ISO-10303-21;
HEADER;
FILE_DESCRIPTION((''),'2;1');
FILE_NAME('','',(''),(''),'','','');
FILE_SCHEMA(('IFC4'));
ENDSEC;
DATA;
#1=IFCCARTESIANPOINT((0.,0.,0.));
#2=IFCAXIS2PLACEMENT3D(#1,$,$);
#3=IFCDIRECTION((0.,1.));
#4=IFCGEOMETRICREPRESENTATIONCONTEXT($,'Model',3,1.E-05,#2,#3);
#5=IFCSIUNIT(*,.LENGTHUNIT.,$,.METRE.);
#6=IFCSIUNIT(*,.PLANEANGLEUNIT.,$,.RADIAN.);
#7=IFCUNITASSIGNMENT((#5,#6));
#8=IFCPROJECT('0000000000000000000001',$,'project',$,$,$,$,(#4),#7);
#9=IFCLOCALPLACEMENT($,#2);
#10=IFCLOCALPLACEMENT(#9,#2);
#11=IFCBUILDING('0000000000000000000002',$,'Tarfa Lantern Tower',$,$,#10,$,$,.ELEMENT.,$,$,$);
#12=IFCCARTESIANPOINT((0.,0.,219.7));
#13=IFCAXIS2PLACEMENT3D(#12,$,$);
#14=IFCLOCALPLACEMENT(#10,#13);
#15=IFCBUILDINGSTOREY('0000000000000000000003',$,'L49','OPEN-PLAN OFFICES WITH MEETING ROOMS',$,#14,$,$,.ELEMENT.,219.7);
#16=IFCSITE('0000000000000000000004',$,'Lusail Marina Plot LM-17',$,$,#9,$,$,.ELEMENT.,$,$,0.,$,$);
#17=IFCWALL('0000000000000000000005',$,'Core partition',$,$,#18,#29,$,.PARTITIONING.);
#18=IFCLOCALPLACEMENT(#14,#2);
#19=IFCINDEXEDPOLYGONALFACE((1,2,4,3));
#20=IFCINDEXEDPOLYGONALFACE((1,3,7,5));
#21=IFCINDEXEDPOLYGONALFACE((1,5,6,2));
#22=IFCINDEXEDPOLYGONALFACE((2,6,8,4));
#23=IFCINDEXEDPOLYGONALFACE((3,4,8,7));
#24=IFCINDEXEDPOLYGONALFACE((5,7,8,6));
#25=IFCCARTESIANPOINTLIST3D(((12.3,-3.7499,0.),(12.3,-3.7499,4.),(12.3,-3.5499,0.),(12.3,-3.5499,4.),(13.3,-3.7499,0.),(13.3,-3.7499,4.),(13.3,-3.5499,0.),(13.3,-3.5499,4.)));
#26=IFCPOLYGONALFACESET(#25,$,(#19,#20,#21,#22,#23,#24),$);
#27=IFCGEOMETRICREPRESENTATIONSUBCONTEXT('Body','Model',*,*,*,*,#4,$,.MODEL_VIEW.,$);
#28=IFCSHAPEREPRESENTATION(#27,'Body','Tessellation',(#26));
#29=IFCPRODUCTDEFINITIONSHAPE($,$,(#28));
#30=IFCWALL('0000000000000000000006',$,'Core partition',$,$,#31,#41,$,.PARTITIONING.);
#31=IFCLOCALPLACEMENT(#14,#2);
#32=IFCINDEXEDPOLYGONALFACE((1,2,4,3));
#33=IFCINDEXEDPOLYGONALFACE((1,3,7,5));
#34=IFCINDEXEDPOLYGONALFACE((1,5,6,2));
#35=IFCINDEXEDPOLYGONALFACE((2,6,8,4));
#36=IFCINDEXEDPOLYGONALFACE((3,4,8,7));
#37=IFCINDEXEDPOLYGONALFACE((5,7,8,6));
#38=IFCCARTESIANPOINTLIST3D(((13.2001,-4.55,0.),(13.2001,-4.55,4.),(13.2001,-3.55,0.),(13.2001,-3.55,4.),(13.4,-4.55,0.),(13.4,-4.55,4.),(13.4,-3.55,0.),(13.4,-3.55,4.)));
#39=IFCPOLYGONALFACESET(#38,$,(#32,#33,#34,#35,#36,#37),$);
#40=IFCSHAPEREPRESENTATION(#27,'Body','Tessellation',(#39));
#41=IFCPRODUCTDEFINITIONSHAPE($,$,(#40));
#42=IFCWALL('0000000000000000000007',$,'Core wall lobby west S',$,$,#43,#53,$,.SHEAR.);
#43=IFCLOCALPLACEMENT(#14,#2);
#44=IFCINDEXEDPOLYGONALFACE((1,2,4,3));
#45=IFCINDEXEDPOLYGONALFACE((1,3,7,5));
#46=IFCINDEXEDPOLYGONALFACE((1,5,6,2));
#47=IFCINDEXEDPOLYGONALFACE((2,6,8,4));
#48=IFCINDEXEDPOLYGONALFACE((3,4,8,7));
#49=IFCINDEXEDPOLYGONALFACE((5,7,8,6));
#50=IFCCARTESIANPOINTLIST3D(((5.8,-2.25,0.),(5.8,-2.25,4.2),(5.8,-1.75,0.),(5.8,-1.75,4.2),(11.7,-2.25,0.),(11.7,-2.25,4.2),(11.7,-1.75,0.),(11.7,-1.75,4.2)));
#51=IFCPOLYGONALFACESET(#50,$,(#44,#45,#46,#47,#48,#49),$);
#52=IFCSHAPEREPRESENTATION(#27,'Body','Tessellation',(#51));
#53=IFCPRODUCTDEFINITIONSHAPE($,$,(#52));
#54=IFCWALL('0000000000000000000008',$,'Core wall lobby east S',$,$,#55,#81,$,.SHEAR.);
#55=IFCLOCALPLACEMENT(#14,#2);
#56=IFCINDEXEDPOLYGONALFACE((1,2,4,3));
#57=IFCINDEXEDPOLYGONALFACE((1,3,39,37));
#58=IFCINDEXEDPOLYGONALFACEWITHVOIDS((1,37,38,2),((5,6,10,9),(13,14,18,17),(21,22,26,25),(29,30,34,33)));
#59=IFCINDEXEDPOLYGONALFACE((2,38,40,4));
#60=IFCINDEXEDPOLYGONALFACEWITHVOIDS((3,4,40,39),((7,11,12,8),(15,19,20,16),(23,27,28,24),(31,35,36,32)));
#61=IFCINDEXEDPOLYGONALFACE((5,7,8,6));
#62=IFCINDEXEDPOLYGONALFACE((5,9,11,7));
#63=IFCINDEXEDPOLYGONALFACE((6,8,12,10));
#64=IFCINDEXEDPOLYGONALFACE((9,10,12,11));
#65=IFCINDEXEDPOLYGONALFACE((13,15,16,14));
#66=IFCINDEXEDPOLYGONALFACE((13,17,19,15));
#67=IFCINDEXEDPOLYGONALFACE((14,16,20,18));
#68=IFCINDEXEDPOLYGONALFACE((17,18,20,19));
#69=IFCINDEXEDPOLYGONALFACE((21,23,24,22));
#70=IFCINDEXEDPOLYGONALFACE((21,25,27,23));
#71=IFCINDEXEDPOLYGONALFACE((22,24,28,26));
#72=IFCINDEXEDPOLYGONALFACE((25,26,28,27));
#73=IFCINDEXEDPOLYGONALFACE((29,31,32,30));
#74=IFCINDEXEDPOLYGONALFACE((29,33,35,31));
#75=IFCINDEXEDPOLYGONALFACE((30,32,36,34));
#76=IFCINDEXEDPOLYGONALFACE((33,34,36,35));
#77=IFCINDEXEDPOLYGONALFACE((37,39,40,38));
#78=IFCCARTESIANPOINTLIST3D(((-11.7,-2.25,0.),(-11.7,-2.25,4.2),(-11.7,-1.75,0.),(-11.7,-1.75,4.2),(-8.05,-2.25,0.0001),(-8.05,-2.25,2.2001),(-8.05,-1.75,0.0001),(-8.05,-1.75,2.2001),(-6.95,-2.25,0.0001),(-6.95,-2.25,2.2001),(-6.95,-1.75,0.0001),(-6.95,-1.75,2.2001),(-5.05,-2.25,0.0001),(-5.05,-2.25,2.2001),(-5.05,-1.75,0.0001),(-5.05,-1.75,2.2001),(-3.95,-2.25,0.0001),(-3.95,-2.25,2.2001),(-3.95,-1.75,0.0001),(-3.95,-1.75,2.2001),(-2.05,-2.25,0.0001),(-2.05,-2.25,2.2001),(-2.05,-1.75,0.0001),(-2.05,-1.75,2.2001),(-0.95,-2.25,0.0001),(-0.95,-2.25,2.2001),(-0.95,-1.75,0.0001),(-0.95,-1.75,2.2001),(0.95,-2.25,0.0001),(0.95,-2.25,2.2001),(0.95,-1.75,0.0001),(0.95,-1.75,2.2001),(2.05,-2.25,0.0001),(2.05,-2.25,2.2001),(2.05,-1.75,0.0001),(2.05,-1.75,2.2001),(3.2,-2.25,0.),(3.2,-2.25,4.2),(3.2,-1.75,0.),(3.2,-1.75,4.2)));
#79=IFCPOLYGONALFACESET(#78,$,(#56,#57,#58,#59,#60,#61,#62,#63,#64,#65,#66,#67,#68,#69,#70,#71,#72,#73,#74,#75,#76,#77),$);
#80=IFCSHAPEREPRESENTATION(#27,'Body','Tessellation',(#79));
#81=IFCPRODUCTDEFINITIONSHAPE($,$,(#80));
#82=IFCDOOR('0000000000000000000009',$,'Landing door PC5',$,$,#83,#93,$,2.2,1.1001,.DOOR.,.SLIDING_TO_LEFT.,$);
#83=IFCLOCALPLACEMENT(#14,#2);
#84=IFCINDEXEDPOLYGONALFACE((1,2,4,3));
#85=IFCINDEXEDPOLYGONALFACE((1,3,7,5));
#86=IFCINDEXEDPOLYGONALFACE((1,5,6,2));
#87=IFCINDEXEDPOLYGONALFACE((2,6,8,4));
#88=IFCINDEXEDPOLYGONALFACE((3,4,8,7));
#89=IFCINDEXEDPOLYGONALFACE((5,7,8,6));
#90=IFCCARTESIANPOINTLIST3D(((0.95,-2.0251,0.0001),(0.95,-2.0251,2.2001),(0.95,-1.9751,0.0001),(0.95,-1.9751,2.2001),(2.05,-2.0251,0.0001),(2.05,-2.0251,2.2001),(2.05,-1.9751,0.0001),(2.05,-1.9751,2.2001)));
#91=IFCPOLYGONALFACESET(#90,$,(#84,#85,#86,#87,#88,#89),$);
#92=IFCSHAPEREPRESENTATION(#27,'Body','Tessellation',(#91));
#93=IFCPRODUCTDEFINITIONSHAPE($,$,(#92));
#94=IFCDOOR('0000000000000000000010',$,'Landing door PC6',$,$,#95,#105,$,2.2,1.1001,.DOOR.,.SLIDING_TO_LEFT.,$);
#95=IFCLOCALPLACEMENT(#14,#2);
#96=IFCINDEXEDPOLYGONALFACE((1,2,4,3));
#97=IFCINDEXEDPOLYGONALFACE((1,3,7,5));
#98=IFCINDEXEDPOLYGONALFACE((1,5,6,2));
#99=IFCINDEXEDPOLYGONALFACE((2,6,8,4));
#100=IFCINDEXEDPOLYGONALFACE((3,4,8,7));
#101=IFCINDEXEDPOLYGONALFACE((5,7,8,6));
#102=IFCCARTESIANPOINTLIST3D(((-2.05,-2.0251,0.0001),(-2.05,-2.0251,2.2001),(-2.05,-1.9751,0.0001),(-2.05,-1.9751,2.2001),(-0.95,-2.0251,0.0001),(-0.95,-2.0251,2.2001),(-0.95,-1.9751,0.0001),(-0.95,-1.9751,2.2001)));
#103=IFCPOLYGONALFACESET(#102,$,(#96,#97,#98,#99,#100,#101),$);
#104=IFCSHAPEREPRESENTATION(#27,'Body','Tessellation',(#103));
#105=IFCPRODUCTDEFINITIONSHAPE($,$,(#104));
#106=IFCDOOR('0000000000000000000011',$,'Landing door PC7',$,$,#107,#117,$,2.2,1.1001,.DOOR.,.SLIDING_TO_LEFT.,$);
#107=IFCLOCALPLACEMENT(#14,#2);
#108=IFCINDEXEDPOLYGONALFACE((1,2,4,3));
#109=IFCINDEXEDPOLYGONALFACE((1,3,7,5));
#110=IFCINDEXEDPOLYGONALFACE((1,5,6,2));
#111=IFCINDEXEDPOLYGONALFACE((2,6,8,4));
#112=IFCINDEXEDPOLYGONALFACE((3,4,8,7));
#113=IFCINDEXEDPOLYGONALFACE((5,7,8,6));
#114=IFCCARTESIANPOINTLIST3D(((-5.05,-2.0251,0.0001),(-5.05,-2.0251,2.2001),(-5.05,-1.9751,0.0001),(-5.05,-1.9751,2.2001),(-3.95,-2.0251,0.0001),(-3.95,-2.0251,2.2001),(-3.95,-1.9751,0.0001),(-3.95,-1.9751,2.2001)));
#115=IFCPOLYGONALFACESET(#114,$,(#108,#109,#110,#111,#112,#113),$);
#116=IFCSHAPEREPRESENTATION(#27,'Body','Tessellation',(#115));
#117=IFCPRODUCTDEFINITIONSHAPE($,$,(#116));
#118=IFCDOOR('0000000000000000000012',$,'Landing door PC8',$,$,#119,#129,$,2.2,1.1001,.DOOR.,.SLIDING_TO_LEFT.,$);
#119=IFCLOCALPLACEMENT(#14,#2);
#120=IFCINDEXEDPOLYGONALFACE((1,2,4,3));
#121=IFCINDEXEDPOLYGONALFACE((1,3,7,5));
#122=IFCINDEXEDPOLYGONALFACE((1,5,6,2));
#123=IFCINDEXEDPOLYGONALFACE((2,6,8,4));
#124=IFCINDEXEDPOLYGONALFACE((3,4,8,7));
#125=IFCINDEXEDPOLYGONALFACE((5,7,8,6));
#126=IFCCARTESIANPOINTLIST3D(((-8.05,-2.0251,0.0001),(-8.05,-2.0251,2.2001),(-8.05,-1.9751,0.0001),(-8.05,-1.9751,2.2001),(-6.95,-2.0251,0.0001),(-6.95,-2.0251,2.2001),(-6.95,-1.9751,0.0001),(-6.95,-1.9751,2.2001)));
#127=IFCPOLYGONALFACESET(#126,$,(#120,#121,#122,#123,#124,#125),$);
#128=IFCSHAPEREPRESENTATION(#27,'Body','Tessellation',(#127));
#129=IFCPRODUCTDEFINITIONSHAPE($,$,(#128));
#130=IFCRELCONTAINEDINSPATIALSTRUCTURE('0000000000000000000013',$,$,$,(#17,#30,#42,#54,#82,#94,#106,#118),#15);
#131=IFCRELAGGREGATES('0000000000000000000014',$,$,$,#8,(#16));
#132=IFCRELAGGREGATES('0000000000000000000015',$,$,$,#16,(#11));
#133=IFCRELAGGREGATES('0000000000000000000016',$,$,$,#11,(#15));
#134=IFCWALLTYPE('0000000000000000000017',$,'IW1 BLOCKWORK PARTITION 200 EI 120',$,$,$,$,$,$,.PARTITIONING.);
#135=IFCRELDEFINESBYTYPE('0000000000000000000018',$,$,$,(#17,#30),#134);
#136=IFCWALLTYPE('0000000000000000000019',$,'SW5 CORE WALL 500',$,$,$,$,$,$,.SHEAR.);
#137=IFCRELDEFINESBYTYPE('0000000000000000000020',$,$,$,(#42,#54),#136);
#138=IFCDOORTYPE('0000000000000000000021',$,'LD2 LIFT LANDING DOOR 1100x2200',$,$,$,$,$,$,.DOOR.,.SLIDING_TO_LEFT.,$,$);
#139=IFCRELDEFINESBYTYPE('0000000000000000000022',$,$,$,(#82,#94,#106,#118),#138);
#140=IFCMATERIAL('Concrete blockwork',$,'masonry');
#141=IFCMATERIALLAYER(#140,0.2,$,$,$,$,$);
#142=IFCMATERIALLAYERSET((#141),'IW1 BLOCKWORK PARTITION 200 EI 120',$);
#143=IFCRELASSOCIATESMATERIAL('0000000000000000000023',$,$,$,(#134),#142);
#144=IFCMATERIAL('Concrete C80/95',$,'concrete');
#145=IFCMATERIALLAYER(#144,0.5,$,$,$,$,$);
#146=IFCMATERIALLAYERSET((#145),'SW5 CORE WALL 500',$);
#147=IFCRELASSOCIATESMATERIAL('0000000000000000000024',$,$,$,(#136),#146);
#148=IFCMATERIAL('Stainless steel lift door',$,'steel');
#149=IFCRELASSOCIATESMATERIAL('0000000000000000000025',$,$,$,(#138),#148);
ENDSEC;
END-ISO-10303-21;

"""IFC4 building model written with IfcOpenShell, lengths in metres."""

from ifc_helpers import new_model, si_unit, direction, frame, frame_2d, origin, place, context, subcontext, project, spatial, rectangle, extrude, material, layer, layer_set, type_object, element, fill, save


model = new_model("IFC4")

# Units and contexts
model_context = context("Model", 3, precision=1e-05, world=origin(), true_north=direction((0.0, 1.0)))
body_context = subcontext(model_context, "Body", "Model", "MODEL_VIEW")
ifc_project = project(units=[si_unit("LENGTHUNIT", "METRE"), si_unit("PLANEANGLEUNIT", "RADIAN")], contexts=[model_context])

# Site, building, storey
site_placement = place(None, origin())
site = spatial("IfcSite", under=ifc_project, at=site_placement, Name="Lusail Marina Plot LM-17", CompositionType="ELEMENT", RefElevation=0.0)
building_placement = place(site_placement, origin())
building = spatial("IfcBuilding", under=site, at=building_placement, Name="Tarfa Lantern Tower", CompositionType="ELEMENT")
storey_placement = place(building_placement, frame((0.0, 0.0, 219.7)))
storey = spatial("IfcBuildingStorey", under=building, at=storey_placement, Name="L49", Description="OPEN-PLAN OFFICES WITH MEETING ROOMS", CompositionType="ELEMENT", Elevation=219.7)

# Walls
ifc_material_1 = material(Name="Concrete blockwork", Category="masonry")
ifc_layer_1 = layer(ifc_material_1, 0.2)
ifc_layer_set_1 = layer_set([ifc_layer_1], Name="IW1 BLOCKWORK PARTITION 200 EI 120")
wall_type_1 = type_object("IfcWallType", Name="IW1 BLOCKWORK PARTITION 200 EI 120", PredefinedType="PARTITIONING", material=ifc_layer_set_1)
for number, where, z_axis, x_axis, name in (
    (1, (13.3, -3.6499, 0.0), (0.0, 0.0, 1.0), (-1.0, 0.0, 0.0), "Core partition"),
    (2, (13.3, -3.55, 0.0), (0.0, 0.0, 1.0), (0.0, -1.0, 0.0), "Core partition"),
):
    element("IfcWall", number, at=place(storey_placement, frame(where, z_axis=z_axis, x_axis=x_axis)), inside=storey, type_object=wall_type_1, Name=name, PredefinedType="PARTITIONING", context=body_context, shape_type="SweptSolid", body=[
        extrude(rectangle(XDim=1.0, YDim=0.2, at=frame_2d((0.5, 0.0))), origin(), (0.0, 0.0, 1.0), 4.0),
    ])
ifc_material_2 = material(Name="Concrete C80/95", Category="concrete")
ifc_layer_2 = layer(ifc_material_2, 0.5)
ifc_layer_set_2 = layer_set([ifc_layer_2], Name="SW5 CORE WALL 500")
wall_type_2 = type_object("IfcWallType", Name="SW5 CORE WALL 500", PredefinedType="SHEAR", material=ifc_layer_set_2)
wall_1_placement = place(storey_placement, frame((11.7, -2.0, 0.0), z_axis=(0.0, 0.0, 1.0), x_axis=(-1.0, 0.0, 0.0)))
element("IfcWall", 3, at=wall_1_placement, inside=storey, type_object=wall_type_2, Name="Core wall lobby west S", PredefinedType="SHEAR", context=body_context, shape_type="SweptSolid", body=[
    extrude(rectangle(XDim=5.8999, YDim=0.5, at=frame_2d((2.95, 0.0))), origin(), (0.0, 0.0, 1.0), 4.2),
])

# Wall, openings, doors
wall_2_placement = place(storey_placement, frame((3.2, -2.0, 0.0), z_axis=(0.0, 0.0, 1.0), x_axis=(-1.0, 0.0, 0.0)))
wall_2 = element("IfcWall", 4, at=wall_2_placement, inside=storey, type_object=wall_type_2, Name="Core wall lobby east S", PredefinedType="SHEAR", context=body_context, shape_type="SweptSolid", body=[
    extrude(rectangle(XDim=14.8999, YDim=0.5, at=frame_2d((7.45, 0.0))), origin(), (0.0, 0.0, 1.0), 4.2),
])
opening_1_placement = place(wall_2_placement, frame((1.1499, 0.0, 0.0)))
opening_1 = element("IfcOpeningElement", 5, at=opening_1_placement, cuts=wall_2, PredefinedType="OPENING", context=body_context, shape_type="SweptSolid", body=[
    extrude(rectangle(XDim=1.1001, YDim=2.2, at=frame_2d((0.55, 1.1001))), frame((0.0, 0.26, 0.0), z_axis=(0.0, -1.0, 0.0), x_axis=(1.0, 0.0, 0.0)), (0.0, 0.0, 1.0), 0.52),
])
opening_2_placement = place(wall_2_placement, frame((4.1499, 0.0, 0.0)))
opening_2 = element("IfcOpeningElement", 6, at=opening_2_placement, cuts=wall_2, PredefinedType="OPENING", context=body_context, shape_type="SweptSolid", body=[
    extrude(rectangle(XDim=1.1001, YDim=2.2, at=frame_2d((0.55, 1.1001))), frame((0.0, 0.26, 0.0), z_axis=(0.0, -1.0, 0.0), x_axis=(1.0, 0.0, 0.0)), (0.0, 0.0, 1.0), 0.52),
])
opening_3_placement = place(wall_2_placement, frame((7.1499, 0.0, 0.0)))
opening_3 = element("IfcOpeningElement", 7, at=opening_3_placement, cuts=wall_2, PredefinedType="OPENING", context=body_context, shape_type="SweptSolid", body=[
    extrude(rectangle(XDim=1.1001, YDim=2.2, at=frame_2d((0.55, 1.1001))), frame((0.0, 0.26, 0.0), z_axis=(0.0, -1.0, 0.0), x_axis=(1.0, 0.0, 0.0)), (0.0, 0.0, 1.0), 0.52),
])
opening_4_placement = place(wall_2_placement, frame((10.1499, 0.0, 0.0)))
opening_4 = element("IfcOpeningElement", 8, at=opening_4_placement, cuts=wall_2, PredefinedType="OPENING", context=body_context, shape_type="SweptSolid", body=[
    extrude(rectangle(XDim=1.1001, YDim=2.2, at=frame_2d((0.55, 1.1001))), frame((0.0, 0.26, 0.0), z_axis=(0.0, -1.0, 0.0), x_axis=(1.0, 0.0, 0.0)), (0.0, 0.0, 1.0), 0.52),
])
ifc_material_3 = material(Name="Stainless steel lift door", Category="steel")
door_type_1 = type_object("IfcDoorType", Name="LD2 LIFT LANDING DOOR 1100x2200", OperationType="SLIDING_TO_LEFT", PredefinedType="DOOR", material=ifc_material_3)
door_1_placement = place(opening_1_placement, frame((1.1001, 0.0, 0.0), z_axis=(0.0, 0.0, 1.0), x_axis=(-1.0, 0.0, 0.0)))
door_1 = element("IfcDoor", 9, at=door_1_placement, inside=storey, type_object=door_type_1, Name="Landing door PC5", OperationType="SLIDING_TO_LEFT", OverallHeight=2.2, OverallWidth=1.1001, PredefinedType="DOOR", context=body_context, shape_type="SweptSolid", body=[
    extrude(rectangle(XDim=1.1001, YDim=2.2, at=frame_2d((0.55, 1.1001))), frame((0.0, 0.0249, 0.0), z_axis=(0.0, -1.0, 0.0), x_axis=(1.0, 0.0, 0.0)), (0.0, 0.0, 1.0), 0.05),
])
fill(opening_1, door_1)
door_2_placement = place(opening_2_placement, frame((1.1001, 0.0, 0.0), z_axis=(0.0, 0.0, 1.0), x_axis=(-1.0, 0.0, 0.0)))
door_2 = element("IfcDoor", 10, at=door_2_placement, inside=storey, type_object=door_type_1, Name="Landing door PC6", OperationType="SLIDING_TO_LEFT", OverallHeight=2.2, OverallWidth=1.1001, PredefinedType="DOOR", context=body_context, shape_type="SweptSolid", body=[
    extrude(rectangle(XDim=1.1001, YDim=2.2, at=frame_2d((0.55, 1.1001))), frame((0.0, 0.0249, 0.0), z_axis=(0.0, -1.0, 0.0), x_axis=(1.0, 0.0, 0.0)), (0.0, 0.0, 1.0), 0.05),
])
fill(opening_2, door_2)
door_3_placement = place(opening_3_placement, frame((1.1001, 0.0, 0.0), z_axis=(0.0, 0.0, 1.0), x_axis=(-1.0, 0.0, 0.0)))
door_3 = element("IfcDoor", 11, at=door_3_placement, inside=storey, type_object=door_type_1, Name="Landing door PC7", OperationType="SLIDING_TO_LEFT", OverallHeight=2.2, OverallWidth=1.1001, PredefinedType="DOOR", context=body_context, shape_type="SweptSolid", body=[
    extrude(rectangle(XDim=1.1001, YDim=2.2, at=frame_2d((0.55, 1.1001))), frame((0.0, 0.0249, 0.0), z_axis=(0.0, -1.0, 0.0), x_axis=(1.0, 0.0, 0.0)), (0.0, 0.0, 1.0), 0.05),
])
fill(opening_3, door_3)
door_4_placement = place(opening_4_placement, frame((1.1001, 0.0, 0.0), z_axis=(0.0, 0.0, 1.0), x_axis=(-1.0, 0.0, 0.0)))
door_4 = element("IfcDoor", 12, at=door_4_placement, inside=storey, type_object=door_type_1, Name="Landing door PC8", OperationType="SLIDING_TO_LEFT", OverallHeight=2.2, OverallWidth=1.1001, PredefinedType="DOOR", context=body_context, shape_type="SweptSolid", body=[
    extrude(rectangle(XDim=1.1001, YDim=2.2, at=frame_2d((0.55, 1.1001))), frame((0.0, 0.0249, 0.0), z_axis=(0.0, -1.0, 0.0), x_axis=(1.0, 0.0, 0.0)), (0.0, 0.0, 1.0), 0.05),
])
fill(opening_4, door_4)

save(model, "model.ifc")
